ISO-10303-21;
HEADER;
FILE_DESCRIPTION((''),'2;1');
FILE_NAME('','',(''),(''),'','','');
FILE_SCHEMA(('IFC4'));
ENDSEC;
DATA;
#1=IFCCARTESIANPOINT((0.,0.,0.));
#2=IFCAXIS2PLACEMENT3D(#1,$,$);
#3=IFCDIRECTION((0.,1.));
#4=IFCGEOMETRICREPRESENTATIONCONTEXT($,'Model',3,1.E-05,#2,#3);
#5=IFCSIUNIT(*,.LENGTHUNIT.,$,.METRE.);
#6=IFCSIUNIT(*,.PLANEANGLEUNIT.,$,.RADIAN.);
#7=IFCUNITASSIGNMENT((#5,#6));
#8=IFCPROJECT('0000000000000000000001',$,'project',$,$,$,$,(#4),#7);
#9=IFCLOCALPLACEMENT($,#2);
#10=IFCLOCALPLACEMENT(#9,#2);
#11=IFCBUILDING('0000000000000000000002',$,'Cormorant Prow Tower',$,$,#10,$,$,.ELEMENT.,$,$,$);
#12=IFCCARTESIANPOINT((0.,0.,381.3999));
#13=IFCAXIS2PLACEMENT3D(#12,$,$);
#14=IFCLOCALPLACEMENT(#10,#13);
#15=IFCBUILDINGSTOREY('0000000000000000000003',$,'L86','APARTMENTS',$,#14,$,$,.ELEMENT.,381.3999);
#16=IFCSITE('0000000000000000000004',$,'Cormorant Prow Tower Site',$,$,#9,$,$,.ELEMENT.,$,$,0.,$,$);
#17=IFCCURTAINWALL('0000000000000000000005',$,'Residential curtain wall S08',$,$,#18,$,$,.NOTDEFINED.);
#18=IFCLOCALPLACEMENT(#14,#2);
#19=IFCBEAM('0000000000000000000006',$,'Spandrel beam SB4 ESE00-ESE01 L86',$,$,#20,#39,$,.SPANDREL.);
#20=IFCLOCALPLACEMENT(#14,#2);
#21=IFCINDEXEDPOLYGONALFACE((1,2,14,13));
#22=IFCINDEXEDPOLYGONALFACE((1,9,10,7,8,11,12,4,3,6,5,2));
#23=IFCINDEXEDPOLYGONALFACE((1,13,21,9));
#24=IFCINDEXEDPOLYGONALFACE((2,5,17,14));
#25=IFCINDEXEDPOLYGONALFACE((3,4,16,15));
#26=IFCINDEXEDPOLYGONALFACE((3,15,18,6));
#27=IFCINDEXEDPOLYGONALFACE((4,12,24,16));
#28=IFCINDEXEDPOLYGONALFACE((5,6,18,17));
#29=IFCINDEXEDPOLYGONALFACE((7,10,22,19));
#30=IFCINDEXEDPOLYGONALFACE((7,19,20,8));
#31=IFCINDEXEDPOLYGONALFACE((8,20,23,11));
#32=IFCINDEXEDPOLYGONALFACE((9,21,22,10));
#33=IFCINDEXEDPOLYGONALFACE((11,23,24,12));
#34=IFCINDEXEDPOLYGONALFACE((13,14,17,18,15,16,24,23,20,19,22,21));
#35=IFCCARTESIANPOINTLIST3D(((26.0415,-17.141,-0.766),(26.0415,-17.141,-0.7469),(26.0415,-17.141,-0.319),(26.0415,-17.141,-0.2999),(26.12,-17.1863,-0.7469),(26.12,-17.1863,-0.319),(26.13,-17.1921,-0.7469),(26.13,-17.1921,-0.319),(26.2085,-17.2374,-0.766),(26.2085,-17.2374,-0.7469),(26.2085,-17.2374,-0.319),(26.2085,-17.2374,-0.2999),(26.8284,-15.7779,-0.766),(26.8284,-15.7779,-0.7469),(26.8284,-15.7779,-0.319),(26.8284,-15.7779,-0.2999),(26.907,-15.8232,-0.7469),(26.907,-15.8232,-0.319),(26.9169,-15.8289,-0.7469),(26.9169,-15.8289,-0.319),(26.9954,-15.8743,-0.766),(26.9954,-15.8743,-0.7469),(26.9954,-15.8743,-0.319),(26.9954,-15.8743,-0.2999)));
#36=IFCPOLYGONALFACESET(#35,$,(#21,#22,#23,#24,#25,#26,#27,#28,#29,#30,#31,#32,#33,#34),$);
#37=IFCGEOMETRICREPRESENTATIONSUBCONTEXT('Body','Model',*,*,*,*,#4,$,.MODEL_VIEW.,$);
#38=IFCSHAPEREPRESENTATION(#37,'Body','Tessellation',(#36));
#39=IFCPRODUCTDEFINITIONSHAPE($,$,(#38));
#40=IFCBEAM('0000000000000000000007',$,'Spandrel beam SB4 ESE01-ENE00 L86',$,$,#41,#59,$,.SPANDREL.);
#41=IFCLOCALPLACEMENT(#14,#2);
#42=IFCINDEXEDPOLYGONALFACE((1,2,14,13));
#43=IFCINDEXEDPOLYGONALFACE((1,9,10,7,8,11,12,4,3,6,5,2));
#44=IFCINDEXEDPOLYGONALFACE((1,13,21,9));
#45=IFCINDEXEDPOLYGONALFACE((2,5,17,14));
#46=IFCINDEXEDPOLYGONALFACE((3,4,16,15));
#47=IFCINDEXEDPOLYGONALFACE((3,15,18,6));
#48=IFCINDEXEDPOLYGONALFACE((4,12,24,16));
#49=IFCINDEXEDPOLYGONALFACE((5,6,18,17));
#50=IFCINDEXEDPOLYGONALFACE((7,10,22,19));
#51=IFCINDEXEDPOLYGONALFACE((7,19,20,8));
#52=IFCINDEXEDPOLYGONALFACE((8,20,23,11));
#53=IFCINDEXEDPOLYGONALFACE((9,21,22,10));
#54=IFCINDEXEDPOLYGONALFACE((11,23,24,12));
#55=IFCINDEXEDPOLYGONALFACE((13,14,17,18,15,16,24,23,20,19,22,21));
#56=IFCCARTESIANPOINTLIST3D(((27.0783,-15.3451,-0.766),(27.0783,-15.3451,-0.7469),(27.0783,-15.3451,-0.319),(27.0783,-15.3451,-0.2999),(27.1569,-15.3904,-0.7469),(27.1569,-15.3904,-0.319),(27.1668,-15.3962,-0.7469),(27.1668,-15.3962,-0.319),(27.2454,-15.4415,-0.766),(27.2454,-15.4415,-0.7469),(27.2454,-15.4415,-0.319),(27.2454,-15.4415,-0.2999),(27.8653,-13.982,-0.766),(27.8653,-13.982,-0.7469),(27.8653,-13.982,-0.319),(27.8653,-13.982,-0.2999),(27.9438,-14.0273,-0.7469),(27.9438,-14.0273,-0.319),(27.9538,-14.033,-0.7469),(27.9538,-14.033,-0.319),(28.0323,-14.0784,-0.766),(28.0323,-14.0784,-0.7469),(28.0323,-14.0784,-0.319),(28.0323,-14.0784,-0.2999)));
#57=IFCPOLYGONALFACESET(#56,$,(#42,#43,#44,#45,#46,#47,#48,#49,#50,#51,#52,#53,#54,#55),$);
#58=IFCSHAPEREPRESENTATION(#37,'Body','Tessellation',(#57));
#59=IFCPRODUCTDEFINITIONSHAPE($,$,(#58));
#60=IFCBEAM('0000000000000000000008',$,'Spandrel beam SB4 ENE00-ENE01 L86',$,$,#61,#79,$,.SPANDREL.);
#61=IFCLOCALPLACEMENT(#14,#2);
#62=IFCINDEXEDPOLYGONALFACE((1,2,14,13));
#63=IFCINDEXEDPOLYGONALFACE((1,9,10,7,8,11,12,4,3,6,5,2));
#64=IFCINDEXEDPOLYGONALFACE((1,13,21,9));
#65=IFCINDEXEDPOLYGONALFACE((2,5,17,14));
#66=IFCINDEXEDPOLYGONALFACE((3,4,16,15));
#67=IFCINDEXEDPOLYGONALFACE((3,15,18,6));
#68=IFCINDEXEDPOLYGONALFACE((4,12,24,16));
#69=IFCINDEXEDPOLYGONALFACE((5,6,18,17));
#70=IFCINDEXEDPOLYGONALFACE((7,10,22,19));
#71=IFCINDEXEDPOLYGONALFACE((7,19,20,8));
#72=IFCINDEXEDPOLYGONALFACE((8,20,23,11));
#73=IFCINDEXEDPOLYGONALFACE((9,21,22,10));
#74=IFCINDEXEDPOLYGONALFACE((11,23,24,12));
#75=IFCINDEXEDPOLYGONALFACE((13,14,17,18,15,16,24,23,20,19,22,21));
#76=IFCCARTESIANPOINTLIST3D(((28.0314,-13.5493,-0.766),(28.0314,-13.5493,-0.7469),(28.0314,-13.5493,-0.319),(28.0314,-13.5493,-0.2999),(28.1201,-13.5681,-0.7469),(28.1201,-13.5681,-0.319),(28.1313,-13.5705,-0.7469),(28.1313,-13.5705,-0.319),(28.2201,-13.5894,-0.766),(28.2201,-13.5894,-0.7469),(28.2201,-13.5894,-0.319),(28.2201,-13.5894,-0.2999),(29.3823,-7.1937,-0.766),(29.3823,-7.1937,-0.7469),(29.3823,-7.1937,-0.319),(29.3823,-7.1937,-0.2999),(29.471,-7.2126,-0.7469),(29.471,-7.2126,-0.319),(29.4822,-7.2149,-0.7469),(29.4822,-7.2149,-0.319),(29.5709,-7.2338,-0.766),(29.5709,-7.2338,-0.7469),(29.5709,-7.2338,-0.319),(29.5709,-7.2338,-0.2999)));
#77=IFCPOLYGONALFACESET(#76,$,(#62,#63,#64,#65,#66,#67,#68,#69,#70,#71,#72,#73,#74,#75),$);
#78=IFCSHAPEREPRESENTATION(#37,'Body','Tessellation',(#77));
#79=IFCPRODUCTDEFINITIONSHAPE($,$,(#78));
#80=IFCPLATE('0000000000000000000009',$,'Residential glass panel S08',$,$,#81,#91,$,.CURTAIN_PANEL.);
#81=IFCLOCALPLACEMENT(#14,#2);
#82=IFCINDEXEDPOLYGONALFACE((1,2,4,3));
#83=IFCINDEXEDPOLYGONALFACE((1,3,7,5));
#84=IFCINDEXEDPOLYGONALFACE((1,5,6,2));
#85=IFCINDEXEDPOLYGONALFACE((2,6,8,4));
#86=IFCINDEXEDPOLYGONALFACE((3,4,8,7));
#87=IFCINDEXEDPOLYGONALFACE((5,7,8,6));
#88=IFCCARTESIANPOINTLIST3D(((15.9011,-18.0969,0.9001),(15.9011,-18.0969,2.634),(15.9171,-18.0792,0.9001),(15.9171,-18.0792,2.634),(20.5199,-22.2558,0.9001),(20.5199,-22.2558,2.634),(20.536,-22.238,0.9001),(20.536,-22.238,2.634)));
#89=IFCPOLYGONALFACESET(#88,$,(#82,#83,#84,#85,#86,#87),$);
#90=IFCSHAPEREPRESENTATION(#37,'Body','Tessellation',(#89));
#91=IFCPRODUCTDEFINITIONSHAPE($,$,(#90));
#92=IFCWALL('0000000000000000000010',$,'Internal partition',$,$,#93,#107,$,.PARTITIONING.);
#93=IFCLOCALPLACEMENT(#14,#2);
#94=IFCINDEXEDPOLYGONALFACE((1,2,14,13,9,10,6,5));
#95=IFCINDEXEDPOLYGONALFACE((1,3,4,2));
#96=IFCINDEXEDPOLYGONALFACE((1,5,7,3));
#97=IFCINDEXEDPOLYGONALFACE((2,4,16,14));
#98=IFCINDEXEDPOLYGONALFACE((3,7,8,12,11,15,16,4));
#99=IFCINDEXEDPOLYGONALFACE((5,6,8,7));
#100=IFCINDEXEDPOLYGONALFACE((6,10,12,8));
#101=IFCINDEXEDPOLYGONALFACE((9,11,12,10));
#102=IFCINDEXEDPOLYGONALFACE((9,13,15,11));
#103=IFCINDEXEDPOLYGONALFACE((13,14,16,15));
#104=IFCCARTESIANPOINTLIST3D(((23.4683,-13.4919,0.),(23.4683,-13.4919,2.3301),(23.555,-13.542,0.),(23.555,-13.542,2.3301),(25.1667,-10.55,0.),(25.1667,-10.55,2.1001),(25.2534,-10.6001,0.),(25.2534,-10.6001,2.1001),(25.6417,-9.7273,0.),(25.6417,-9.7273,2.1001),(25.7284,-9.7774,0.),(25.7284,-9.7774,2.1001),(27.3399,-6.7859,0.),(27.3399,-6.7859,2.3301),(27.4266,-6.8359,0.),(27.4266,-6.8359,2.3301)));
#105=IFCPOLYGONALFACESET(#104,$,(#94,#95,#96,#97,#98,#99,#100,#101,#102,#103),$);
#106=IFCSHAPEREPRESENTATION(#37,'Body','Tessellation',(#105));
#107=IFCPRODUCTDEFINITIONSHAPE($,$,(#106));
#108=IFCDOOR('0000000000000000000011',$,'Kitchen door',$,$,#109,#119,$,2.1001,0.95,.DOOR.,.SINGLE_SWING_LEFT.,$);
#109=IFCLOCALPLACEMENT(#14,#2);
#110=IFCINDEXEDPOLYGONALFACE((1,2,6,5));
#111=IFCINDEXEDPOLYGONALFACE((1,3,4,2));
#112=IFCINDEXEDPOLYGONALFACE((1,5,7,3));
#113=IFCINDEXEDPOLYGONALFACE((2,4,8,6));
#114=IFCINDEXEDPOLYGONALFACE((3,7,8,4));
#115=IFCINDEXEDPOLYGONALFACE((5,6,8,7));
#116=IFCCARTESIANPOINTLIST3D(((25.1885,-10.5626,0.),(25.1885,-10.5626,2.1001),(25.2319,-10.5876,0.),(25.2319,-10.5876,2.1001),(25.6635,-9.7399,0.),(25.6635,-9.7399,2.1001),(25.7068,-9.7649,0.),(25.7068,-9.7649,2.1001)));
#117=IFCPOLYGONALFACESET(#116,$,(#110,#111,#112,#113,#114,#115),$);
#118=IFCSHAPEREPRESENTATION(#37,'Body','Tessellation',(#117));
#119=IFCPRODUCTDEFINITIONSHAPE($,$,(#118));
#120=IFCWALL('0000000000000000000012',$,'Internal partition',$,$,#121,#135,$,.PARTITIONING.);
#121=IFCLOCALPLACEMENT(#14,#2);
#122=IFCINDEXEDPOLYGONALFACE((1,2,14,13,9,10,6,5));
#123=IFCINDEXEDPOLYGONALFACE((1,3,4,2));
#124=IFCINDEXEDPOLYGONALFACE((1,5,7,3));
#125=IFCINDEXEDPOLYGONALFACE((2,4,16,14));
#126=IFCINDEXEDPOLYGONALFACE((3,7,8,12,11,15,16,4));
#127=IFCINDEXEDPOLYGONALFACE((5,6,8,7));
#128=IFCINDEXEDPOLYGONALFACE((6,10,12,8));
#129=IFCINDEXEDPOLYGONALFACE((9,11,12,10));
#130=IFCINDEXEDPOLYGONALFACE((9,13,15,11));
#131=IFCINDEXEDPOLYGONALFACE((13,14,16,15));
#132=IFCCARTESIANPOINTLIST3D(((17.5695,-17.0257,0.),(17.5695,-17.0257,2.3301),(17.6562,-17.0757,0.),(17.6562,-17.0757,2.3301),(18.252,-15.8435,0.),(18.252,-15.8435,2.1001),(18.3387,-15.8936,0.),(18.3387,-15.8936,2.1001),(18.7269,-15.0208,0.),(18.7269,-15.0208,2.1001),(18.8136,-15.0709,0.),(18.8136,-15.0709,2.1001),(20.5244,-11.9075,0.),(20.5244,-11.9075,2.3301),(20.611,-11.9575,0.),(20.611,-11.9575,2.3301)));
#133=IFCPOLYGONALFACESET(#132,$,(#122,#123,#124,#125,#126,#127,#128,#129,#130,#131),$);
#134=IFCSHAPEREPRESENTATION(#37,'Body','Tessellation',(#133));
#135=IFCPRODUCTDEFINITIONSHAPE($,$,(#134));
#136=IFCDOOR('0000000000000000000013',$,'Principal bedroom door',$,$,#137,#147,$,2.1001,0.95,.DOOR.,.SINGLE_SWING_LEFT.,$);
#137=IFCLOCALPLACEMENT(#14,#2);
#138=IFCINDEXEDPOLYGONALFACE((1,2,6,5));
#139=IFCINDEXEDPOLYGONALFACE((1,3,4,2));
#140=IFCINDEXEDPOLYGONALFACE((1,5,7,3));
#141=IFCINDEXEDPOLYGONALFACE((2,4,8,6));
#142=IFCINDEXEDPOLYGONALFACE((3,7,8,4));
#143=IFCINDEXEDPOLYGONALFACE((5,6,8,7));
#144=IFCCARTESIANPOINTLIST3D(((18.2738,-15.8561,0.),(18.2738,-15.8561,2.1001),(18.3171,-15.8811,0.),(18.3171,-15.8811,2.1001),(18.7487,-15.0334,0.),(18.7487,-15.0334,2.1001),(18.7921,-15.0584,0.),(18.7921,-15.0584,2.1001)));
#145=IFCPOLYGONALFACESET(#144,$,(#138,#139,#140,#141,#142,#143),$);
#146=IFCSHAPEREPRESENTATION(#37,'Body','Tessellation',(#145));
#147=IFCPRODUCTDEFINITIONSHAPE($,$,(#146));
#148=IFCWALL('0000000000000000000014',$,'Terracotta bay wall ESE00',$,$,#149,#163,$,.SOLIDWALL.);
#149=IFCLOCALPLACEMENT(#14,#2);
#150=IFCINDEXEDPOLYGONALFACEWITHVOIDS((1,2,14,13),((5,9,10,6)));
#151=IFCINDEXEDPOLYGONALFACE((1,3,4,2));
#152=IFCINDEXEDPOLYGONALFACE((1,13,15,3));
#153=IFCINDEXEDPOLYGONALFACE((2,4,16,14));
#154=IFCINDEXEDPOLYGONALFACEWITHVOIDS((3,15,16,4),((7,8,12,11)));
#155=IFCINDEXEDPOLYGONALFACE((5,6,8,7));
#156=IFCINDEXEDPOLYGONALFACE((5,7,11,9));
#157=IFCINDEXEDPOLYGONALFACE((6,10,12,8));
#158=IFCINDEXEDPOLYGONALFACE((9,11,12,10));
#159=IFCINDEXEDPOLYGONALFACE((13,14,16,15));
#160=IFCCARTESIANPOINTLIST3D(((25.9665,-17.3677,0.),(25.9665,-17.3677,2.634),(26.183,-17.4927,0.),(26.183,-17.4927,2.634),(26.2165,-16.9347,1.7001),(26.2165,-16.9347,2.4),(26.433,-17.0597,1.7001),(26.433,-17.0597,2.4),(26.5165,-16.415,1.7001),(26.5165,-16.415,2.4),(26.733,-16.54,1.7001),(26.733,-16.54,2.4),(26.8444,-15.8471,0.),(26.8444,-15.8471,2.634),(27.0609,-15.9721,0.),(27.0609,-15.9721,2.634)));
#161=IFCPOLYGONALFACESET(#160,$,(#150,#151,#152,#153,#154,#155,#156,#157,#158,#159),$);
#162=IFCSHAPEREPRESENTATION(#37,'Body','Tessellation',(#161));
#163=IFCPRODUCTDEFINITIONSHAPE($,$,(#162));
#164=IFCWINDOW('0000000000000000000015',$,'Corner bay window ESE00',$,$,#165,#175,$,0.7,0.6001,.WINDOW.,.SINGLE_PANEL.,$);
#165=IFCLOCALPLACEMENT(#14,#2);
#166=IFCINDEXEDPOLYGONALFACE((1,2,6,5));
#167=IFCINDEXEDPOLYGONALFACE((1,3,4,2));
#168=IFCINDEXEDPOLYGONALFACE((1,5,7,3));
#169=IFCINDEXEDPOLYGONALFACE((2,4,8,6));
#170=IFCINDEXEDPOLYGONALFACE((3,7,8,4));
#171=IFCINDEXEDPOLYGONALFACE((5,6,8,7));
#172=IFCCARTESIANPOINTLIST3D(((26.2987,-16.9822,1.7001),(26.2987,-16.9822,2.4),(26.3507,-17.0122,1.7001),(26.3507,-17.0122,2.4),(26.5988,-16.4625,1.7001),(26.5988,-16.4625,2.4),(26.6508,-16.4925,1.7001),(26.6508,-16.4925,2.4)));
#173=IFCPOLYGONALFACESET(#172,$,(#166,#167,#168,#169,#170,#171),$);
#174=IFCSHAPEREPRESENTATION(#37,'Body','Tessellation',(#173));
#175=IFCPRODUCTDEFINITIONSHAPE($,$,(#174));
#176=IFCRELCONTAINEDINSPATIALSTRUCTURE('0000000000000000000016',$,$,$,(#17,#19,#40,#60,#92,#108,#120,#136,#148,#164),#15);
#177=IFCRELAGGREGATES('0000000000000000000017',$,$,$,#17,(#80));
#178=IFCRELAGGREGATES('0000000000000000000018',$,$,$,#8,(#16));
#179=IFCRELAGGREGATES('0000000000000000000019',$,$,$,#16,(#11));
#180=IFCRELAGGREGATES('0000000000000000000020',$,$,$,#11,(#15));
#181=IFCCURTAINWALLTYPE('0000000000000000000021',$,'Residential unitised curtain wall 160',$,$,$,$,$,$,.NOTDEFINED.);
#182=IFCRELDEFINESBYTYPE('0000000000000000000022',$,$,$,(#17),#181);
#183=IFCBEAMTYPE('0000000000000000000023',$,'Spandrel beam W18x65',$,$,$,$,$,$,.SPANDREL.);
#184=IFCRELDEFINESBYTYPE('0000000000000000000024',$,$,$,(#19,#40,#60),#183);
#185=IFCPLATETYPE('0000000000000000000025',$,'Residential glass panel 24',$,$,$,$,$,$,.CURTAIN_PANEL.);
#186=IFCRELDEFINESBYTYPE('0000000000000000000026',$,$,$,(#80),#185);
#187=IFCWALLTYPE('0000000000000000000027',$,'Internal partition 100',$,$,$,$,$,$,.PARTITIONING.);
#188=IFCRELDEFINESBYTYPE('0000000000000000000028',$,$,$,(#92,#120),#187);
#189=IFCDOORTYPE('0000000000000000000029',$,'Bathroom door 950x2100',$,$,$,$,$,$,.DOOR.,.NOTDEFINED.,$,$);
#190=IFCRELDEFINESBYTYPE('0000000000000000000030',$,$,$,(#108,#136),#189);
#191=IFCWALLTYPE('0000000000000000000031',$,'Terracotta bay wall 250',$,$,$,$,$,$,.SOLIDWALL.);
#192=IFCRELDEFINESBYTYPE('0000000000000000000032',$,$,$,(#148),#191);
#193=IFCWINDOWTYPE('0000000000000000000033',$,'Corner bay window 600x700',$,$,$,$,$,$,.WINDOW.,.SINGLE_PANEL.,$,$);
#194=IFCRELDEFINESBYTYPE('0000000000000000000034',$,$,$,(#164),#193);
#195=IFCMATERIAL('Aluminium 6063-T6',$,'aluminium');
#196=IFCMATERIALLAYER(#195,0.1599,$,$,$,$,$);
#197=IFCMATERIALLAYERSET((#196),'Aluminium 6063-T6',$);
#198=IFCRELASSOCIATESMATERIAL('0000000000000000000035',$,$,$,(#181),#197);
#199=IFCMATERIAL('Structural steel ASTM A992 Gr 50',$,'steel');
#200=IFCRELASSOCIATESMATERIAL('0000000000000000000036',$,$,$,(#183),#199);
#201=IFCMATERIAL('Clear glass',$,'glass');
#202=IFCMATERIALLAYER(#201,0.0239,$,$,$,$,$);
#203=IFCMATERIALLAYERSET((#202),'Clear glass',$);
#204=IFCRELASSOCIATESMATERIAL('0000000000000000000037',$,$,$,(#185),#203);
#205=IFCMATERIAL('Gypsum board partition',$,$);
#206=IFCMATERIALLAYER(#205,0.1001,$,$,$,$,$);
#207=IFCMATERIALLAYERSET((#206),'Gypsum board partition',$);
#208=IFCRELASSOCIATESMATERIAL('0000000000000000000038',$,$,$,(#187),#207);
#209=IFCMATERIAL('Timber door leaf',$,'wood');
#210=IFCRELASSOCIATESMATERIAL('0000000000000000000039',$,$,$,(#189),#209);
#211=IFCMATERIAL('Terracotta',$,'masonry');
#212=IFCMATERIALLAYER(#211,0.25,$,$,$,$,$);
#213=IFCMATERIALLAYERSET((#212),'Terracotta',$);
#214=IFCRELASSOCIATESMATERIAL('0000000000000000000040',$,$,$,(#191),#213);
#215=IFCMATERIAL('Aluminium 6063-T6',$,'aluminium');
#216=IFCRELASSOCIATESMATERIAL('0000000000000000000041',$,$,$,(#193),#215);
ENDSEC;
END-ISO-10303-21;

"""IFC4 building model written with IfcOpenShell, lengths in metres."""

from ifc_helpers import new_model, si_unit, direction, frame, frame_2d, origin, origin_2d, place, context, subcontext, project, spatial, rectangle, i_section, extrude, material, layer, layer_set, material_profile, profile_set, type_object, element, fill, aggregate, save


model = new_model("IFC4")

# Units and contexts
model_context = context("Model", 3, precision=1e-05, world=origin(), true_north=direction((0.0, 1.0)))
body_context = subcontext(model_context, "Body", "Model", "MODEL_VIEW")
ifc_project = project(units=[si_unit("LENGTHUNIT", "METRE"), si_unit("PLANEANGLEUNIT", "RADIAN")], contexts=[model_context])

# Site, building, storey
site_placement = place(None, origin())
site = spatial("IfcSite", under=ifc_project, at=site_placement, Name="Cormorant Prow Tower Site", CompositionType="ELEMENT", RefElevation=0.0)
building_placement = place(site_placement, origin())
building = spatial("IfcBuilding", under=site, at=building_placement, Name="Cormorant Prow Tower", CompositionType="ELEMENT")
storey_placement = place(building_placement, frame((0.0, 0.0, 381.3999)))
storey = spatial("IfcBuildingStorey", under=building, at=storey_placement, Name="L86", Description="APARTMENTS", CompositionType="ELEMENT", Elevation=381.3999)

# Curtain wall
ifc_material_1 = material(Name="Aluminium 6063-T6", Category="aluminium")
ifc_layer_1 = layer(ifc_material_1, 0.1599)
ifc_layer_set_1 = layer_set([ifc_layer_1], Name="Aluminium 6063-T6")
curtain_wall_type = type_object("IfcCurtainWallType", Name="Residential unitised curtain wall 160", PredefinedType="NOTDEFINED", material=ifc_layer_set_1)
curtain_wall_placement = place(storey_placement, origin())
curtain_wall = element("IfcCurtainWall", 1, at=curtain_wall_placement, inside=storey, type_object=curtain_wall_type, Name="Residential curtain wall S08", PredefinedType="NOTDEFINED")

# Beams
ifc_material_2 = material(Name="Structural steel ASTM A992 Gr 50", Category="steel")
ifc_material_profile_1 = material_profile(ifc_material_2, i_section(OverallWidth=0.1929, OverallDepth=0.4661, WebThickness=0.0115, FlangeThickness=0.019, at=origin_2d()), Name="W18x65")
ifc_profile_set_1 = profile_set([ifc_material_profile_1], Name="Structural steel ASTM A992 Gr 50")
beam_type = type_object("IfcBeamType", Name="Spandrel beam W18x65", PredefinedType="SPANDREL", material=ifc_profile_set_1)
for number, where, z_axis, x_axis, name in (
    (2, (26.125, -17.1892, -0.533), (0.49996, 0.866049, 0.0), (-0.866049, 0.49996, 0.0), "Spandrel beam SB4 ESE00-ESE01 L86"),
    (3, (27.1619, -15.3933, -0.533), (0.49996, 0.866049, 0.0), (-0.866049, 0.49996, 0.0), "Spandrel beam SB4 ESE01-ENE00 L86"),
):
    element("IfcBeam", number, at=place(storey_placement, frame(where, z_axis=z_axis, x_axis=x_axis)), inside=storey, type_object=beam_type, Name=name, PredefinedType="SPANDREL", context=body_context, shape_type="SweptSolid", body=[
        extrude(i_section(OverallWidth=0.1929, OverallDepth=0.4661, WebThickness=0.0115, FlangeThickness=0.019, at=origin_2d()), origin(), (0.0, 0.0, 1.0), 1.574),
    ])
beam_placement = place(storey_placement, frame((28.1257, -13.5693, -0.533), z_axis=(0.207902, 0.97815, 0.0), x_axis=(-0.97815, 0.207902, 0.0)))
element("IfcBeam", 4, at=beam_placement, inside=storey, type_object=beam_type, Name="Spandrel beam SB4 ENE00-ENE01 L86", PredefinedType="SPANDREL", context=body_context, shape_type="SweptSolid", body=[
    extrude(i_section(OverallWidth=0.1929, OverallDepth=0.4661, WebThickness=0.0115, FlangeThickness=0.019, at=origin_2d()), origin(), (0.0, 0.0, 1.0), 6.4976),
])

# Plate
ifc_material_3 = material(Name="Clear glass", Category="glass")
ifc_layer_2 = layer(ifc_material_3, 0.0239)
ifc_layer_set_2 = layer_set([ifc_layer_2], Name="Clear glass")
plate_type = type_object("IfcPlateType", Name="Residential glass panel 24", PredefinedType="CURTAIN_PANEL", material=ifc_layer_set_2)
plate_placement = place(storey_placement, frame((18.2185, -20.1675, 0.9001), z_axis=(0.0, 0.0, 1.0), x_axis=(0.743145, -0.669131, 0.0)))
plate = element("IfcPlate", 5, at=plate_placement, type_object=plate_type, Name="Residential glass panel S08", PredefinedType="CURTAIN_PANEL", context=body_context, shape_type="SweptSolid", body=[
    extrude(rectangle(XDim=6.2153, YDim=0.0239, at=origin_2d()), origin(), (0.0, 0.0, 1.0), 1.7339),
])
aggregate(curtain_wall, [plate])

# Walls, openings, doors
ifc_material_4 = material(Name="Gypsum board partition")
ifc_layer_3 = layer(ifc_material_4, 0.1001)
ifc_layer_set_3 = layer_set([ifc_layer_3], Name="Gypsum board partition")
wall_type_1 = type_object("IfcWallType", Name="Internal partition 100", PredefinedType="PARTITIONING", material=ifc_layer_set_3)
wall_1_placement = place(storey_placement, frame((23.5117, -13.5168, 0.0), z_axis=(0.0, 0.0, 1.0), x_axis=(0.499984, 0.866034, 0.0)))
wall_1 = element("IfcWall", 6, at=wall_1_placement, inside=storey, type_object=wall_type_1, Name="Internal partition", PredefinedType="PARTITIONING", context=body_context, shape_type="SweptSolid", body=[
    extrude(rectangle(XDim=7.7434, YDim=0.1001, at=frame_2d((3.8716, 0.0))), origin(), (0.0, 0.0, 1.0), 2.3301),
])
opening_1_placement = place(wall_1_placement, frame((3.3967, 0.0, 0.0)))
opening_1 = element("IfcOpeningElement", 7, at=opening_1_placement, cuts=wall_1, PredefinedType="OPENING", context=body_context, shape_type="SweptSolid", body=[
    extrude(rectangle(XDim=0.95, YDim=2.1001, at=frame_2d((0.4751, 1.05))), frame((0.0, 0.0601, 0.0), z_axis=(0.0, -1.0, 0.0), x_axis=(1.0, 0.0, 0.0)), (0.0, 0.0, 1.0), 0.1201),
])
ifc_material_5 = material(Name="Timber door leaf", Category="wood")
door_type_1 = type_object("IfcDoorType", Name="Bathroom door 950x2100", OperationType="NOTDEFINED", PredefinedType="DOOR", material=ifc_material_5)
door_1_placement = place(opening_1_placement, origin())
door_1 = element("IfcDoor", 8, at=door_1_placement, inside=storey, type_object=door_type_1, Name="Kitchen door", OperationType="SINGLE_SWING_LEFT", OverallHeight=2.1001, OverallWidth=0.95, PredefinedType="DOOR", context=body_context, shape_type="SweptSolid", body=[
    extrude(rectangle(XDim=0.95, YDim=2.1001, at=frame_2d((0.4751, 1.05))), frame((0.0, 0.0249, 0.0), z_axis=(0.0, -1.0, 0.0), x_axis=(1.0, 0.0, 0.0)), (0.0, 0.0, 1.0), 0.05),
])
fill(opening_1, door_1)
wall_2_placement = place(storey_placement, frame((17.6128, -17.0508, 0.0), z_axis=(0.0, 0.0, 1.0), x_axis=(0.499982, 0.866036, 0.0)))
wall_2 = element("IfcWall", 9, at=wall_2_placement, inside=storey, type_object=wall_type_1, Name="Internal partition", PredefinedType="PARTITIONING", context=body_context, shape_type="SweptSolid", body=[
    extrude(rectangle(XDim=5.9099, YDim=0.1001, at=frame_2d((2.9551, 0.0))), origin(), (0.0, 0.0, 1.0), 2.3301),
])
opening_2_placement = place(wall_2_placement, frame((1.365, 0.0, 0.0)))
opening_2 = element("IfcOpeningElement", 10, at=opening_2_placement, cuts=wall_2, PredefinedType="OPENING", context=body_context, shape_type="SweptSolid", body=[
    extrude(rectangle(XDim=0.95, YDim=2.1001, at=frame_2d((0.4751, 1.05))), frame((0.0, 0.0601, 0.0), z_axis=(0.0, -1.0, 0.0), x_axis=(1.0, 0.0, 0.0)), (0.0, 0.0, 1.0), 0.1201),
])
door_2_placement = place(opening_2_placement, origin())
door_2 = element("IfcDoor", 11, at=door_2_placement, inside=storey, type_object=door_type_1, Name="Principal bedroom door", OperationType="SINGLE_SWING_LEFT", OverallHeight=2.1001, OverallWidth=0.95, PredefinedType="DOOR", context=body_context, shape_type="SweptSolid", body=[
    extrude(rectangle(XDim=0.95, YDim=2.1001, at=frame_2d((0.4751, 1.05))), frame((0.0, 0.0249, 0.0), z_axis=(0.0, -1.0, 0.0), x_axis=(1.0, 0.0, 0.0)), (0.0, 0.0, 1.0), 0.05),
])
fill(opening_2, door_2)

# Wall, opening, window
ifc_material_6 = material(Name="Terracotta", Category="masonry")
ifc_layer_4 = layer(ifc_material_6, 0.25)
ifc_layer_set_4 = layer_set([ifc_layer_4], Name="Terracotta")
wall_type_2 = type_object("IfcWallType", Name="Terracotta bay wall 250", PredefinedType="SOLIDWALL", material=ifc_layer_set_4)
wall_3_placement = place(storey_placement, frame((26.0747, -17.4302, 0.0), z_axis=(0.0, 0.0, 1.0), x_axis=(0.500027, 0.86601, 0.0)))
wall_3 = element("IfcWall", 12, at=wall_3_placement, inside=storey, type_object=wall_type_2, Name="Terracotta bay wall ESE00", PredefinedType="SOLIDWALL", context=body_context, shape_type="SweptSolid", body=[
    extrude(rectangle(XDim=1.7559, YDim=0.25, at=frame_2d((0.8779, 0.0))), origin(), (0.0, 0.0, 1.0), 2.634),
])
opening_3_placement = place(wall_3_placement, frame((0.5, 0.0, 1.7)))
opening_3 = element("IfcOpeningElement", 13, at=opening_3_placement, cuts=wall_3, PredefinedType="OPENING", context=body_context, shape_type="SweptSolid", body=[
    extrude(rectangle(XDim=0.6001, YDim=0.7, at=frame_2d((0.3, 0.3501))), frame((0.0, 0.135, 0.0), z_axis=(0.0, -1.0, 0.0), x_axis=(1.0, 0.0, 0.0)), (0.0, 0.0, 1.0), 0.27),
])
ifc_material_7 = material(Name="Aluminium 6063-T6", Category="aluminium")
window_type = type_object("IfcWindowType", Name="Corner bay window 600x700", PartitioningType="SINGLE_PANEL", PredefinedType="WINDOW", material=ifc_material_7)
window_placement = place(opening_3_placement, origin())
window = element("IfcWindow", 14, at=window_placement, inside=storey, type_object=window_type, Name="Corner bay window ESE00", OverallHeight=0.7, OverallWidth=0.6001, PartitioningType="SINGLE_PANEL", PredefinedType="WINDOW", context=body_context, shape_type="SweptSolid", body=[
    extrude(rectangle(XDim=0.6001, YDim=0.7, at=frame_2d((0.3, 0.3501))), frame((0.0, 0.03, 0.0), z_axis=(0.0, -1.0, 0.0), x_axis=(1.0, 0.0, 0.0)), (0.0, 0.0, 1.0), 0.0601),
])
fill(opening_3, window)

save(model, "model.ifc")
